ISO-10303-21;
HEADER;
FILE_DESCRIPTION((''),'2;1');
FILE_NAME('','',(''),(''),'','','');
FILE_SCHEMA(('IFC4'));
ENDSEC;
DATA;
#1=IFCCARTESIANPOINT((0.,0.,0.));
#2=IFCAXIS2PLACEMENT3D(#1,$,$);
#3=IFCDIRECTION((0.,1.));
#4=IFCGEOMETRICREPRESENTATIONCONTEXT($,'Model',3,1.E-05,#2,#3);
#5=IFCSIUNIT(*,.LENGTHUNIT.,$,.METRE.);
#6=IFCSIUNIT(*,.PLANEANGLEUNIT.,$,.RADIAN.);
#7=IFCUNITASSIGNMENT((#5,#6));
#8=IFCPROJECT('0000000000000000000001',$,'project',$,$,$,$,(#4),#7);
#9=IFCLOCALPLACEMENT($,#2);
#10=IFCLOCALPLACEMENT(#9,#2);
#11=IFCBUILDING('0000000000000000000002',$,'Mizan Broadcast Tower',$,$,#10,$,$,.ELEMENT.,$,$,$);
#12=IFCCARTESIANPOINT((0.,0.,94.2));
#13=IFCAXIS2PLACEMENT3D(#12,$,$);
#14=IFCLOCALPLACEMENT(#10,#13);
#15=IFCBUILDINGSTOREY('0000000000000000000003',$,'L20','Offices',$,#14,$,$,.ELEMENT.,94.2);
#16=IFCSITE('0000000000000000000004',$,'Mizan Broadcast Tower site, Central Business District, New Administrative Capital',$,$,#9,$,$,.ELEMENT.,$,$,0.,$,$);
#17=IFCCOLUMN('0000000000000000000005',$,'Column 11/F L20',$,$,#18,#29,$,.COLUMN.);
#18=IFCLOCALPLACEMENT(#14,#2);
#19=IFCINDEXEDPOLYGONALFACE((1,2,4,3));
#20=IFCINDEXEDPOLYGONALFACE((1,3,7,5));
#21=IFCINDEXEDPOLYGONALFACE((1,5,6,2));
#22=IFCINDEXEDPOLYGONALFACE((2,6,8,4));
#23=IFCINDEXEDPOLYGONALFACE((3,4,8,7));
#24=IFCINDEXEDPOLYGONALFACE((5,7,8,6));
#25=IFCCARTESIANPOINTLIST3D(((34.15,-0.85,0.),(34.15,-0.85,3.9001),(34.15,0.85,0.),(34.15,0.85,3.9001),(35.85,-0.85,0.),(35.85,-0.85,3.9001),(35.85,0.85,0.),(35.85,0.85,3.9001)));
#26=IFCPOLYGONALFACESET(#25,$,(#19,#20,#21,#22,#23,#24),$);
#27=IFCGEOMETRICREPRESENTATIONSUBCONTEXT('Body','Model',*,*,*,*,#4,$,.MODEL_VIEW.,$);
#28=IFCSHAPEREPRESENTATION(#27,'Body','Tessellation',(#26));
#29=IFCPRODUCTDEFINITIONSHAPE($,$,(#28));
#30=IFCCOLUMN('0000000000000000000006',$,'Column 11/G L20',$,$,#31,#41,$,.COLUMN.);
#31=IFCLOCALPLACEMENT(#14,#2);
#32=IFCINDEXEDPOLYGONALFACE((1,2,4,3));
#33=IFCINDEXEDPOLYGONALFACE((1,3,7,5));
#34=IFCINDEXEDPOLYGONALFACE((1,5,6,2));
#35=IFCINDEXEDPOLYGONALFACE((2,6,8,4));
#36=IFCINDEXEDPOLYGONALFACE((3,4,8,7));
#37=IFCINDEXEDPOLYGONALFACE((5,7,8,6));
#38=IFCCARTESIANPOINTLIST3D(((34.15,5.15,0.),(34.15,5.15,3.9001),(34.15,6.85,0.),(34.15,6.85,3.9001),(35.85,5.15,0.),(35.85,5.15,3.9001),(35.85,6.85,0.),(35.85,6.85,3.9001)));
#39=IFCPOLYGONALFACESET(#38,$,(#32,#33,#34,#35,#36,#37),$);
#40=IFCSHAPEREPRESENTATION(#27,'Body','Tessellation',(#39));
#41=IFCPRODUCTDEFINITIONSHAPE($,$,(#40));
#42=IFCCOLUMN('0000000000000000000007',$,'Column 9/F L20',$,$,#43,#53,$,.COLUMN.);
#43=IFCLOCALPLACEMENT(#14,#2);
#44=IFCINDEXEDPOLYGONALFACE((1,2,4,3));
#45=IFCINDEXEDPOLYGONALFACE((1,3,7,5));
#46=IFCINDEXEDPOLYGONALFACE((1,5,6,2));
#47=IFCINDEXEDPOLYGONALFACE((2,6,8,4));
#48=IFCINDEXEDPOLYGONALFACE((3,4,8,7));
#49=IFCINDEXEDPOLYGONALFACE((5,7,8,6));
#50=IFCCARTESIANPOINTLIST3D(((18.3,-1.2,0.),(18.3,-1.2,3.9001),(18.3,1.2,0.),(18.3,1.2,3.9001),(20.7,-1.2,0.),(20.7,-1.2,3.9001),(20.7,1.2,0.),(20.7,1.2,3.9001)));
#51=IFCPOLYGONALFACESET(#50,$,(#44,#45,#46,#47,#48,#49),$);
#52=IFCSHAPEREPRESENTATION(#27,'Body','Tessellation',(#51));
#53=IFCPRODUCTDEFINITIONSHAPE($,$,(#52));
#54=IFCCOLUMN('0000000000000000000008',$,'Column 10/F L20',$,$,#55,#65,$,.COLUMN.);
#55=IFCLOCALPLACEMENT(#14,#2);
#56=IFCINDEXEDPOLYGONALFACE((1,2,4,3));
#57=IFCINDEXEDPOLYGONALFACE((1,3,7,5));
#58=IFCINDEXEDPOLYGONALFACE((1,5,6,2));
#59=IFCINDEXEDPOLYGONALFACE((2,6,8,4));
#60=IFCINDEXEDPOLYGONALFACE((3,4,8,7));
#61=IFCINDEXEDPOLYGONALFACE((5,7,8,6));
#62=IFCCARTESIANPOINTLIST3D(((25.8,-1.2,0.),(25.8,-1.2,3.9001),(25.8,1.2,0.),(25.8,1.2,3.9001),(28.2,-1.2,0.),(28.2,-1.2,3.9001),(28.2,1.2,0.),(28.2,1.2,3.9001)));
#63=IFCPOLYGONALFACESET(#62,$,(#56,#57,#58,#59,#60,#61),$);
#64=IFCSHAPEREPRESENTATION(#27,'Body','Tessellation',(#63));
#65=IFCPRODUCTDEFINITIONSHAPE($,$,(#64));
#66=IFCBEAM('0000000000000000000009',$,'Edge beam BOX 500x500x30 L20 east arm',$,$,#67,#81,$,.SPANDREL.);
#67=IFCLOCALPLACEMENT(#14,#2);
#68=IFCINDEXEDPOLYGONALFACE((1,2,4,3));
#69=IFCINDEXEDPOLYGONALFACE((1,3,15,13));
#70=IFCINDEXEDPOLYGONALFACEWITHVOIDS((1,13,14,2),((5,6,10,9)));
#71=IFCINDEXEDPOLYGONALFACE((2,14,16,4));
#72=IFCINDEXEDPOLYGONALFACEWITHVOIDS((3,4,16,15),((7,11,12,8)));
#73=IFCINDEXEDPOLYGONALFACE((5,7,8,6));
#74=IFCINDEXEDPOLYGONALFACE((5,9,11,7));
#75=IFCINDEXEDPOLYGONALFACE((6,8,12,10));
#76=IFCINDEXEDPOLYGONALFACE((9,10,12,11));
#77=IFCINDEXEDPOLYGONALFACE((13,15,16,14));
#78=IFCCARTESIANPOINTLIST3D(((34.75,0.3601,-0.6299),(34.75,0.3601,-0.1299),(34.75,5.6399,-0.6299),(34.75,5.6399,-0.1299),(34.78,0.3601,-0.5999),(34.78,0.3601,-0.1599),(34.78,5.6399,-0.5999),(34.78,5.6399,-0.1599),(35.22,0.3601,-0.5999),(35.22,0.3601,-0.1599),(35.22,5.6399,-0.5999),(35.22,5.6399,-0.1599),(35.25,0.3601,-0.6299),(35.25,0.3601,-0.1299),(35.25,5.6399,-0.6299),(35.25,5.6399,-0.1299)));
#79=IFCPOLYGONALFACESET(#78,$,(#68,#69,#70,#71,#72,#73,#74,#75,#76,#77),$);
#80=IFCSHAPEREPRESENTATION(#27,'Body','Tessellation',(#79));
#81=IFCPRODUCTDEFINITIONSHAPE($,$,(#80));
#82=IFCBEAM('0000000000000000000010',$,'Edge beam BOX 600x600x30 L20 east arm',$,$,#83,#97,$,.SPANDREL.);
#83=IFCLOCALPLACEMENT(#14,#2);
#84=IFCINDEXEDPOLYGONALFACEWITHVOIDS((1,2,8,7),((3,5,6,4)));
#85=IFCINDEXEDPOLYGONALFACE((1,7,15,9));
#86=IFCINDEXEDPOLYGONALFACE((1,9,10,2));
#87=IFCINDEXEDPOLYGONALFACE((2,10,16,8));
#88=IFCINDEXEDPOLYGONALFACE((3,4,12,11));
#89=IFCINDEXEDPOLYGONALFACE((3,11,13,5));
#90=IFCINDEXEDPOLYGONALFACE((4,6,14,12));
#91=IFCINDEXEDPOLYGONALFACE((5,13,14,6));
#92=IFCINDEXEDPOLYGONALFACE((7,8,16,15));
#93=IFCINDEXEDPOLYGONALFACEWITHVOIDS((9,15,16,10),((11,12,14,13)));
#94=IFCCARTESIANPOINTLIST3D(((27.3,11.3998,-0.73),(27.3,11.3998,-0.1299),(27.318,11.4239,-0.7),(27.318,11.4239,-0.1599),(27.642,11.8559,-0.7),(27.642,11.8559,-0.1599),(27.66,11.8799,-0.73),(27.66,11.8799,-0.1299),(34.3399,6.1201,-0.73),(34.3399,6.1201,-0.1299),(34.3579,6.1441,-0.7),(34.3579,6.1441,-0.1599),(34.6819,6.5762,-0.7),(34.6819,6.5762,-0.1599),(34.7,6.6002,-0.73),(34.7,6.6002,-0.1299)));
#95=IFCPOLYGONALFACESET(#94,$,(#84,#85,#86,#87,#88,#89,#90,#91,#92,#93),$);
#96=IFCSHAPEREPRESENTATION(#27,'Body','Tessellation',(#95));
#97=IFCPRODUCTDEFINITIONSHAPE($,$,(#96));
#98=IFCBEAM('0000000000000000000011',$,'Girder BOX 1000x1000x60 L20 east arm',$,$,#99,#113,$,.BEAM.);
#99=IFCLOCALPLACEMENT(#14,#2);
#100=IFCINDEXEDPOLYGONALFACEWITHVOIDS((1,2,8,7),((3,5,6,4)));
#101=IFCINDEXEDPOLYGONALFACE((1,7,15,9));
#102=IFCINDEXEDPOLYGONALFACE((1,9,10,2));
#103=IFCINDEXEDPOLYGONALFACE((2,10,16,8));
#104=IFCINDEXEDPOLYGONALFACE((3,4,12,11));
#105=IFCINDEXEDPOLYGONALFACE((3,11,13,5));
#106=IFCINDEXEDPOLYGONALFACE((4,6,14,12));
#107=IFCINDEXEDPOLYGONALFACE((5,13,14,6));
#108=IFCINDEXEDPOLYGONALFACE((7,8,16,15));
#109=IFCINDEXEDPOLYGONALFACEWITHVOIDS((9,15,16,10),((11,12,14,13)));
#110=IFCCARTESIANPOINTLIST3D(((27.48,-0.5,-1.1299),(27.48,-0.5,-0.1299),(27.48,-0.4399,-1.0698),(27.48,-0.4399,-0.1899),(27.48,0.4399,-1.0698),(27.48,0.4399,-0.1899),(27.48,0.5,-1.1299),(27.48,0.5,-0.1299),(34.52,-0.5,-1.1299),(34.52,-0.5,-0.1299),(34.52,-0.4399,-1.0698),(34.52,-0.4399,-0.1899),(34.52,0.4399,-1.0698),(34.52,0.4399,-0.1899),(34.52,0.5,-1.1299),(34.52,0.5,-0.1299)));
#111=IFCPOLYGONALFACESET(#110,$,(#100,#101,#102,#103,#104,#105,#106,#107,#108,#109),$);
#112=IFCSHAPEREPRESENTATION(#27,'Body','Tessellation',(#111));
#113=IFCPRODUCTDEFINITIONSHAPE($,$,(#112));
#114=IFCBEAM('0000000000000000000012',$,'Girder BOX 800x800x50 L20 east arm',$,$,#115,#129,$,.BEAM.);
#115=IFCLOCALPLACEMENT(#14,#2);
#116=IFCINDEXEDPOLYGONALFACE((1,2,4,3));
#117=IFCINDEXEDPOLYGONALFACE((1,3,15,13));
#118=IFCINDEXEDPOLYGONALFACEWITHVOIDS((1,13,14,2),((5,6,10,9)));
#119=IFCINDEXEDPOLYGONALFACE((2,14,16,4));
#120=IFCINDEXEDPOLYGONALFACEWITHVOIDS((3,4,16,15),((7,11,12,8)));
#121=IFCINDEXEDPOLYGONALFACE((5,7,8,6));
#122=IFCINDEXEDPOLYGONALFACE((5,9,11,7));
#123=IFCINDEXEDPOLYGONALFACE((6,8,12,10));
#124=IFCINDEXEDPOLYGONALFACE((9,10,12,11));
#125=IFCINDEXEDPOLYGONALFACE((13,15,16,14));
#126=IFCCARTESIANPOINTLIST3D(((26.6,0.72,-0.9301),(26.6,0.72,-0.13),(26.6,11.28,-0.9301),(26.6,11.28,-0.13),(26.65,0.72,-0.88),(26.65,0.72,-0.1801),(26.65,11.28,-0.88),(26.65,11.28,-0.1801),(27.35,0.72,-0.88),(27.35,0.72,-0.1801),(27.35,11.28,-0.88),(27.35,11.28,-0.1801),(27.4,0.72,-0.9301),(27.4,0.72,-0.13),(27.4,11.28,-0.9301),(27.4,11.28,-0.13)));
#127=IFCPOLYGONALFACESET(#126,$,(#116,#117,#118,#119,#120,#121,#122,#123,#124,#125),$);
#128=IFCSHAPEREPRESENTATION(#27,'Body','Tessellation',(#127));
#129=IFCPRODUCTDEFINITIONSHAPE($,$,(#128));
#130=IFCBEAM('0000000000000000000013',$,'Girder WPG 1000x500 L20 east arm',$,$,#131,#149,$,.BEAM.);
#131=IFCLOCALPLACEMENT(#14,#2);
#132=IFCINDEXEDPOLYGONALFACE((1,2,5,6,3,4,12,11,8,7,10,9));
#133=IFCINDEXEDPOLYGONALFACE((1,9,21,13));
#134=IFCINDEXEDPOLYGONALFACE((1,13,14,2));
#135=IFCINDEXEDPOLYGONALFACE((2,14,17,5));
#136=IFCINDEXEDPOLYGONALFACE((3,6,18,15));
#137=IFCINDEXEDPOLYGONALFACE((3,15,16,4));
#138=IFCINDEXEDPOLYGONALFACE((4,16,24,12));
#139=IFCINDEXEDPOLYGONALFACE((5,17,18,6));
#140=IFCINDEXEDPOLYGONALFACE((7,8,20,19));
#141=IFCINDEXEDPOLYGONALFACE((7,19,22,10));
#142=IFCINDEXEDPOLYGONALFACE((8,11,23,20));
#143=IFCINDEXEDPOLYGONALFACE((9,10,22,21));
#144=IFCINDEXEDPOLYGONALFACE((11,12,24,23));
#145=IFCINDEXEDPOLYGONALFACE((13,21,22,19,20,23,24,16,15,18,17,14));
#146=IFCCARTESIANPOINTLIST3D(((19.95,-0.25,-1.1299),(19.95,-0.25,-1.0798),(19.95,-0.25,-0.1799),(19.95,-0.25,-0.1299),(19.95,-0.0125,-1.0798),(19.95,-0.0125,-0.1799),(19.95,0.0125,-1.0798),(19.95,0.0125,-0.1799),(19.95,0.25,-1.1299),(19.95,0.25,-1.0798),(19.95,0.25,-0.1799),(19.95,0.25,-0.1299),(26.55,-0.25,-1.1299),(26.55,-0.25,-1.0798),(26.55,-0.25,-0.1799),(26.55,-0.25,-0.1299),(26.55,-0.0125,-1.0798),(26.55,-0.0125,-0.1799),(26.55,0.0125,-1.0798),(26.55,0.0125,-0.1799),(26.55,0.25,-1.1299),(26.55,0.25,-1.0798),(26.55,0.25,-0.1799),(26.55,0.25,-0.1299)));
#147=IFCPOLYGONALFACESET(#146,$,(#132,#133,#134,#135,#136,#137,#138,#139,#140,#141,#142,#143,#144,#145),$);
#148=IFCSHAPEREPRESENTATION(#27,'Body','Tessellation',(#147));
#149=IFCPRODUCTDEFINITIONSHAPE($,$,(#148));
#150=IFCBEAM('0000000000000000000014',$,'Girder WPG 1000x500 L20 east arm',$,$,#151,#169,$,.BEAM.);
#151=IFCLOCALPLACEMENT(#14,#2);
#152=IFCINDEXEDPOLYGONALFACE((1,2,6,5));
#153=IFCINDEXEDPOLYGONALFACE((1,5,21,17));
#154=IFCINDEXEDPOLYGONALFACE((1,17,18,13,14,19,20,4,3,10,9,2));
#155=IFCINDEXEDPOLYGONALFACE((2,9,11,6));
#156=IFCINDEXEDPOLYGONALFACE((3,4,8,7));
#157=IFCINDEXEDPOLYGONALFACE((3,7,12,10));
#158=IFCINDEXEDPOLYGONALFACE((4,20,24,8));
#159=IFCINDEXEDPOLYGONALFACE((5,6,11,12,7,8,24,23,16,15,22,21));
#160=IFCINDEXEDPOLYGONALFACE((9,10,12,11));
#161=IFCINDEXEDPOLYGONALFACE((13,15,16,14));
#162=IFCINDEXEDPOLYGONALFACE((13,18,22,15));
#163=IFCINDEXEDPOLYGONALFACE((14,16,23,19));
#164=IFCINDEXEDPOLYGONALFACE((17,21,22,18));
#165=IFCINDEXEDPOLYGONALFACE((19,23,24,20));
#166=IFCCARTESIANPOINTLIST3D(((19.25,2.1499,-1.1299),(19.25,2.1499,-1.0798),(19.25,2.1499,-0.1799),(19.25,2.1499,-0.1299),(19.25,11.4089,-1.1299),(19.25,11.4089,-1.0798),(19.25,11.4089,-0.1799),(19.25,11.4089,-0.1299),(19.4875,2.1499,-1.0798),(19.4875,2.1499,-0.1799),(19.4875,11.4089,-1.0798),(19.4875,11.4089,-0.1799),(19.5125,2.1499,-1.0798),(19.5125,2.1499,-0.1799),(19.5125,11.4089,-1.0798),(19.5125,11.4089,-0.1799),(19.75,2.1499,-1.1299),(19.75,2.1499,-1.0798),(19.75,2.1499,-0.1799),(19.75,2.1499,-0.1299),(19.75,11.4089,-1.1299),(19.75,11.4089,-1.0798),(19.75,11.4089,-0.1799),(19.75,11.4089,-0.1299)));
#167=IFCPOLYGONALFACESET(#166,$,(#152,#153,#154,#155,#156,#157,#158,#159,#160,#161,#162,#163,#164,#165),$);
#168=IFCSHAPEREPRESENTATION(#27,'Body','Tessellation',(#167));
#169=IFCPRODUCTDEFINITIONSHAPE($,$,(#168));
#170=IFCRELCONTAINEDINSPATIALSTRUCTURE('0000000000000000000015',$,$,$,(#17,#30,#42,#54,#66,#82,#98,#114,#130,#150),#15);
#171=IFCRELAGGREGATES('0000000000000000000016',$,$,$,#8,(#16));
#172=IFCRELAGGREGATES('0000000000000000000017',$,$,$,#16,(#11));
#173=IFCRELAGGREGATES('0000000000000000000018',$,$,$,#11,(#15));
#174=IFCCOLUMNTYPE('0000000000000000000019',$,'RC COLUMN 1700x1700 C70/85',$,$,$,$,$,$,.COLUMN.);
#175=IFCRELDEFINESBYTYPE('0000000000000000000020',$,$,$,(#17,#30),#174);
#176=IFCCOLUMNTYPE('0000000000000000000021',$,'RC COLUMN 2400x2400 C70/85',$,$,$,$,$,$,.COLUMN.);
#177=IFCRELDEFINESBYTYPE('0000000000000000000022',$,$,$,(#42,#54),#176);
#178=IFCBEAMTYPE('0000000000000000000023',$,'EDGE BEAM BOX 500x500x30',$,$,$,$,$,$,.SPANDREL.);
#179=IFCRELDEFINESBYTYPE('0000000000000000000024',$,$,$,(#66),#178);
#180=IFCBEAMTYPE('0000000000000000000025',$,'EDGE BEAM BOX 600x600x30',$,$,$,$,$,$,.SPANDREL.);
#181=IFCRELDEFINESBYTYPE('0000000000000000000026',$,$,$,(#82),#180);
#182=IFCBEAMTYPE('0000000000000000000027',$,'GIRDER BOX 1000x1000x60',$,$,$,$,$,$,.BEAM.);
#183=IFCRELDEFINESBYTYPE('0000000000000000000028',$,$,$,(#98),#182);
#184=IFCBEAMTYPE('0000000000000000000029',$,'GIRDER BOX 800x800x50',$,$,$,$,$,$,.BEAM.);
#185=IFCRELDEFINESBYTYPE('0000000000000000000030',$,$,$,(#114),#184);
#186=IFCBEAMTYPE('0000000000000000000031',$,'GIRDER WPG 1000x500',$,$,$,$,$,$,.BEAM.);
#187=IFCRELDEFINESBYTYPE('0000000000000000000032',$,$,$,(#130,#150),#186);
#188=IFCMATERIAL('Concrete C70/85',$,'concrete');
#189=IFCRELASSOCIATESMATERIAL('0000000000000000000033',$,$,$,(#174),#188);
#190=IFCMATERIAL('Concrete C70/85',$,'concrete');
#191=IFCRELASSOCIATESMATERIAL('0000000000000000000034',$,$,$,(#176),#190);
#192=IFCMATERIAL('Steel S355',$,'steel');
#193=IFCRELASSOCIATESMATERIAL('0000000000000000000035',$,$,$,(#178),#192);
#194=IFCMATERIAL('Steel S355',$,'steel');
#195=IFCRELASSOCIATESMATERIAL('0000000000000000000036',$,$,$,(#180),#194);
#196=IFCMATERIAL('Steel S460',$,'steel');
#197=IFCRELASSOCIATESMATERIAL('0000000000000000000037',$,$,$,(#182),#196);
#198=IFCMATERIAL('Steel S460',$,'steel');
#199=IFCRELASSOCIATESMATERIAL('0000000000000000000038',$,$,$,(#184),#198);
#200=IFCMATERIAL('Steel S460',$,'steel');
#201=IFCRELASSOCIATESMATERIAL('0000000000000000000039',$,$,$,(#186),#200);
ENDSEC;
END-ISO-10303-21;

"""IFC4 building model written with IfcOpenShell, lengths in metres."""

from ifc_helpers import new_model, si_unit, direction, frame, origin, origin_2d, place, context, subcontext, project, spatial, rectangle, hollow_rectangle, i_section, extrude, material, material_profile, profile_set, type_object, element, save


model = new_model("IFC4")

# Units and contexts
model_context = context("Model", 3, precision=1e-05, world=origin(), true_north=direction((0.0, 1.0)))
body_context = subcontext(model_context, "Body", "Model", "MODEL_VIEW")
ifc_project = project(units=[si_unit("LENGTHUNIT", "METRE"), si_unit("PLANEANGLEUNIT", "RADIAN")], contexts=[model_context])

# Site, building, storey
site_placement = place(None, origin())
site = spatial("IfcSite", under=ifc_project, at=site_placement, Name="Mizan Broadcast Tower site, Central Business District, New Administrative Capital", CompositionType="ELEMENT", RefElevation=0.0)
building_placement = place(site_placement, origin())
building = spatial("IfcBuilding", under=site, at=building_placement, Name="Mizan Broadcast Tower", CompositionType="ELEMENT")
storey_placement = place(building_placement, frame((0.0, 0.0, 94.2)))
storey = spatial("IfcBuildingStorey", under=building, at=storey_placement, Name="L20", Description="Offices", CompositionType="ELEMENT", Elevation=94.2)

# Columns
ifc_material_1 = material(Name="Concrete C70/85", Category="concrete")
ifc_material_profile_1 = material_profile(ifc_material_1, rectangle(XDim=1.7, YDim=1.7, at=origin_2d()), Name="RC 1700x1700")
ifc_profile_set_1 = profile_set([ifc_material_profile_1], Name="Concrete C70/85")
column_type_1 = type_object("IfcColumnType", Name="RC COLUMN 1700x1700 C70/85", PredefinedType="COLUMN", material=ifc_profile_set_1)
for number, where, z_axis, x_axis, name in (
    (1, (35.0, 0.0, 0.0), (0.0, 0.0, 1.0), (1.0, 0.0, 0.0), "Column 11/F L20"),
    (2, (35.0, 6.0, 0.0), (0.0, 0.0, 1.0), (1.0, 0.0, 0.0), "Column 11/G L20"),
):
    element("IfcColumn", number, at=place(storey_placement, frame(where, z_axis=z_axis, x_axis=x_axis)), inside=storey, type_object=column_type_1, Name=name, PredefinedType="COLUMN", context=body_context, shape_type="SweptSolid", body=[
        extrude(rectangle(XDim=1.7, YDim=1.7, at=origin_2d()), origin(), (0.0, 0.0, 1.0), 3.9001),
    ])
ifc_material_2 = material(Name="Concrete C70/85", Category="concrete")
ifc_material_profile_2 = material_profile(ifc_material_2, rectangle(XDim=2.3999, YDim=2.3999, at=origin_2d()), Name="RC 2400x2400")
ifc_profile_set_2 = profile_set([ifc_material_profile_2], Name="Concrete C70/85")
column_type_2 = type_object("IfcColumnType", Name="RC COLUMN 2400x2400 C70/85", PredefinedType="COLUMN", material=ifc_profile_set_2)
for number, where, z_axis, x_axis, name in (
    (3, (19.5, 0.0, 0.0), (0.0, 0.0, 1.0), (1.0, 0.0, 0.0), "Column 9/F L20"),
    (4, (27.0, 0.0, 0.0), (0.0, 0.0, 1.0), (1.0, 0.0, 0.0), "Column 10/F L20"),
):
    element("IfcColumn", number, at=place(storey_placement, frame(where, z_axis=z_axis, x_axis=x_axis)), inside=storey, type_object=column_type_2, Name=name, PredefinedType="COLUMN", context=body_context, shape_type="SweptSolid", body=[
        extrude(rectangle(XDim=2.3999, YDim=2.3999, at=origin_2d()), origin(), (0.0, 0.0, 1.0), 3.9001),
    ])

# Beams
ifc_material_3 = material(Name="Steel S355", Category="steel")
ifc_material_profile_3 = material_profile(ifc_material_3, hollow_rectangle(XDim=0.5, YDim=0.5, WallThickness=0.03, at=origin_2d()), Name="BOX 500x500x30")
ifc_profile_set_3 = profile_set([ifc_material_profile_3], Name="Steel S355")
beam_type_1 = type_object("IfcBeamType", Name="EDGE BEAM BOX 500x500x30", PredefinedType="SPANDREL", material=ifc_profile_set_3)
beam_1_placement = place(storey_placement, frame((35.0, 5.6399, -0.3799), z_axis=(0.0, -1.0, 0.0), x_axis=(1.0, 0.0, 0.0)))
element("IfcBeam", 5, at=beam_1_placement, inside=storey, type_object=beam_type_1, Name="Edge beam BOX 500x500x30 L20 east arm", PredefinedType="SPANDREL", context=body_context, shape_type="SweptSolid", body=[
    extrude(hollow_rectangle(XDim=0.5, YDim=0.5, WallThickness=0.03, at=origin_2d()), origin(), (0.0, 0.0, 1.0), 5.2798),
])
ifc_material_4 = material(Name="Steel S355", Category="steel")
ifc_material_profile_4 = material_profile(ifc_material_4, hollow_rectangle(XDim=0.6001, YDim=0.6001, WallThickness=0.03, at=origin_2d()), Name="BOX 600x600x30")
ifc_profile_set_4 = profile_set([ifc_material_profile_4], Name="Steel S355")
beam_type_2 = type_object("IfcBeamType", Name="EDGE BEAM BOX 600x600x30", PredefinedType="SPANDREL", material=ifc_profile_set_4)
beam_2_placement = place(storey_placement, frame((27.48, 11.6399, -0.4299), z_axis=(0.800013, -0.599982, 0.0), x_axis=(0.599982, 0.800013, 0.0)))
element("IfcBeam", 6, at=beam_2_placement, inside=storey, type_object=beam_type_2, Name="Edge beam BOX 600x600x30 L20 east arm", PredefinedType="SPANDREL", context=body_context, shape_type="SweptSolid", body=[
    extrude(hollow_rectangle(XDim=0.6001, YDim=0.6001, WallThickness=0.03, at=origin_2d()), origin(), (0.0, 0.0, 1.0), 8.7998),
])
ifc_material_5 = material(Name="Steel S460", Category="steel")
ifc_material_profile_5 = material_profile(ifc_material_5, hollow_rectangle(XDim=1.0, YDim=1.0, WallThickness=0.0601, at=origin_2d()), Name="BOX 1000x1000x60")
ifc_profile_set_5 = profile_set([ifc_material_profile_5], Name="Steel S460")
beam_type_3 = type_object("IfcBeamType", Name="GIRDER BOX 1000x1000x60", PredefinedType="BEAM", material=ifc_profile_set_5)
beam_3_placement = place(storey_placement, frame((27.48, 0.0, -0.6299), z_axis=(1.0, 0.0, 0.0), x_axis=(0.0, 1.0, 0.0)))
element("IfcBeam", 7, at=beam_3_placement, inside=storey, type_object=beam_type_3, Name="Girder BOX 1000x1000x60 L20 east arm", PredefinedType="BEAM", context=body_context, shape_type="SweptSolid", body=[
    extrude(hollow_rectangle(XDim=1.0, YDim=1.0, WallThickness=0.0601, at=origin_2d()), origin(), (0.0, 0.0, 1.0), 7.04),
])
ifc_material_6 = material(Name="Steel S460", Category="steel")
ifc_material_profile_6 = material_profile(ifc_material_6, hollow_rectangle(XDim=0.8, YDim=0.8, WallThickness=0.05, at=origin_2d()), Name="BOX 800x800x50")
ifc_profile_set_6 = profile_set([ifc_material_profile_6], Name="Steel S460")
beam_type_4 = type_object("IfcBeamType", Name="GIRDER BOX 800x800x50", PredefinedType="BEAM", material=ifc_profile_set_6)
beam_4_placement = place(storey_placement, frame((27.0, 11.28, -0.53), z_axis=(0.0, -1.0, 0.0), x_axis=(1.0, 0.0, 0.0)))
element("IfcBeam", 8, at=beam_4_placement, inside=storey, type_object=beam_type_4, Name="Girder BOX 800x800x50 L20 east arm", PredefinedType="BEAM", context=body_context, shape_type="SweptSolid", body=[
    extrude(hollow_rectangle(XDim=0.8, YDim=0.8, WallThickness=0.05, at=origin_2d()), origin(), (0.0, 0.0, 1.0), 10.5601),
])
ifc_material_7 = material(Name="Steel S460", Category="steel")
ifc_material_profile_7 = material_profile(ifc_material_7, i_section(OverallWidth=0.5, OverallDepth=1.0, WebThickness=0.0249, FlangeThickness=0.05, at=origin_2d()), Name="WPG 1000x500")
ifc_profile_set_7 = profile_set([ifc_material_profile_7], Name="Steel S460")
beam_type_5 = type_object("IfcBeamType", Name="GIRDER WPG 1000x500", PredefinedType="BEAM", material=ifc_profile_set_7)
beam_5_placement = place(storey_placement, frame((19.95, 0.0, -0.6299), z_axis=(1.0, 0.0, 0.0), x_axis=(0.0, 1.0, 0.0)))
element("IfcBeam", 9, at=beam_5_placement, inside=storey, type_object=beam_type_5, Name="Girder WPG 1000x500 L20 east arm", PredefinedType="BEAM", context=body_context, shape_type="SweptSolid", body=[
    extrude(i_section(OverallWidth=0.5, OverallDepth=1.0, WebThickness=0.0249, FlangeThickness=0.05, at=origin_2d()), origin(), (0.0, 0.0, 1.0), 6.6001),
])
beam_6_placement = place(storey_placement, frame((19.5, 11.4089, -0.6299), z_axis=(0.0, -1.0, 0.0), x_axis=(1.0, 0.0, 0.0)))
element("IfcBeam", 10, at=beam_6_placement, inside=storey, type_object=beam_type_5, Name="Girder WPG 1000x500 L20 east arm", PredefinedType="BEAM", context=body_context, shape_type="SweptSolid", body=[
    extrude(i_section(OverallWidth=0.5, OverallDepth=1.0, WebThickness=0.0249, FlangeThickness=0.05, at=origin_2d()), origin(), (0.0, 0.0, 1.0), 9.259),
])

save(model, "model.ifc")
